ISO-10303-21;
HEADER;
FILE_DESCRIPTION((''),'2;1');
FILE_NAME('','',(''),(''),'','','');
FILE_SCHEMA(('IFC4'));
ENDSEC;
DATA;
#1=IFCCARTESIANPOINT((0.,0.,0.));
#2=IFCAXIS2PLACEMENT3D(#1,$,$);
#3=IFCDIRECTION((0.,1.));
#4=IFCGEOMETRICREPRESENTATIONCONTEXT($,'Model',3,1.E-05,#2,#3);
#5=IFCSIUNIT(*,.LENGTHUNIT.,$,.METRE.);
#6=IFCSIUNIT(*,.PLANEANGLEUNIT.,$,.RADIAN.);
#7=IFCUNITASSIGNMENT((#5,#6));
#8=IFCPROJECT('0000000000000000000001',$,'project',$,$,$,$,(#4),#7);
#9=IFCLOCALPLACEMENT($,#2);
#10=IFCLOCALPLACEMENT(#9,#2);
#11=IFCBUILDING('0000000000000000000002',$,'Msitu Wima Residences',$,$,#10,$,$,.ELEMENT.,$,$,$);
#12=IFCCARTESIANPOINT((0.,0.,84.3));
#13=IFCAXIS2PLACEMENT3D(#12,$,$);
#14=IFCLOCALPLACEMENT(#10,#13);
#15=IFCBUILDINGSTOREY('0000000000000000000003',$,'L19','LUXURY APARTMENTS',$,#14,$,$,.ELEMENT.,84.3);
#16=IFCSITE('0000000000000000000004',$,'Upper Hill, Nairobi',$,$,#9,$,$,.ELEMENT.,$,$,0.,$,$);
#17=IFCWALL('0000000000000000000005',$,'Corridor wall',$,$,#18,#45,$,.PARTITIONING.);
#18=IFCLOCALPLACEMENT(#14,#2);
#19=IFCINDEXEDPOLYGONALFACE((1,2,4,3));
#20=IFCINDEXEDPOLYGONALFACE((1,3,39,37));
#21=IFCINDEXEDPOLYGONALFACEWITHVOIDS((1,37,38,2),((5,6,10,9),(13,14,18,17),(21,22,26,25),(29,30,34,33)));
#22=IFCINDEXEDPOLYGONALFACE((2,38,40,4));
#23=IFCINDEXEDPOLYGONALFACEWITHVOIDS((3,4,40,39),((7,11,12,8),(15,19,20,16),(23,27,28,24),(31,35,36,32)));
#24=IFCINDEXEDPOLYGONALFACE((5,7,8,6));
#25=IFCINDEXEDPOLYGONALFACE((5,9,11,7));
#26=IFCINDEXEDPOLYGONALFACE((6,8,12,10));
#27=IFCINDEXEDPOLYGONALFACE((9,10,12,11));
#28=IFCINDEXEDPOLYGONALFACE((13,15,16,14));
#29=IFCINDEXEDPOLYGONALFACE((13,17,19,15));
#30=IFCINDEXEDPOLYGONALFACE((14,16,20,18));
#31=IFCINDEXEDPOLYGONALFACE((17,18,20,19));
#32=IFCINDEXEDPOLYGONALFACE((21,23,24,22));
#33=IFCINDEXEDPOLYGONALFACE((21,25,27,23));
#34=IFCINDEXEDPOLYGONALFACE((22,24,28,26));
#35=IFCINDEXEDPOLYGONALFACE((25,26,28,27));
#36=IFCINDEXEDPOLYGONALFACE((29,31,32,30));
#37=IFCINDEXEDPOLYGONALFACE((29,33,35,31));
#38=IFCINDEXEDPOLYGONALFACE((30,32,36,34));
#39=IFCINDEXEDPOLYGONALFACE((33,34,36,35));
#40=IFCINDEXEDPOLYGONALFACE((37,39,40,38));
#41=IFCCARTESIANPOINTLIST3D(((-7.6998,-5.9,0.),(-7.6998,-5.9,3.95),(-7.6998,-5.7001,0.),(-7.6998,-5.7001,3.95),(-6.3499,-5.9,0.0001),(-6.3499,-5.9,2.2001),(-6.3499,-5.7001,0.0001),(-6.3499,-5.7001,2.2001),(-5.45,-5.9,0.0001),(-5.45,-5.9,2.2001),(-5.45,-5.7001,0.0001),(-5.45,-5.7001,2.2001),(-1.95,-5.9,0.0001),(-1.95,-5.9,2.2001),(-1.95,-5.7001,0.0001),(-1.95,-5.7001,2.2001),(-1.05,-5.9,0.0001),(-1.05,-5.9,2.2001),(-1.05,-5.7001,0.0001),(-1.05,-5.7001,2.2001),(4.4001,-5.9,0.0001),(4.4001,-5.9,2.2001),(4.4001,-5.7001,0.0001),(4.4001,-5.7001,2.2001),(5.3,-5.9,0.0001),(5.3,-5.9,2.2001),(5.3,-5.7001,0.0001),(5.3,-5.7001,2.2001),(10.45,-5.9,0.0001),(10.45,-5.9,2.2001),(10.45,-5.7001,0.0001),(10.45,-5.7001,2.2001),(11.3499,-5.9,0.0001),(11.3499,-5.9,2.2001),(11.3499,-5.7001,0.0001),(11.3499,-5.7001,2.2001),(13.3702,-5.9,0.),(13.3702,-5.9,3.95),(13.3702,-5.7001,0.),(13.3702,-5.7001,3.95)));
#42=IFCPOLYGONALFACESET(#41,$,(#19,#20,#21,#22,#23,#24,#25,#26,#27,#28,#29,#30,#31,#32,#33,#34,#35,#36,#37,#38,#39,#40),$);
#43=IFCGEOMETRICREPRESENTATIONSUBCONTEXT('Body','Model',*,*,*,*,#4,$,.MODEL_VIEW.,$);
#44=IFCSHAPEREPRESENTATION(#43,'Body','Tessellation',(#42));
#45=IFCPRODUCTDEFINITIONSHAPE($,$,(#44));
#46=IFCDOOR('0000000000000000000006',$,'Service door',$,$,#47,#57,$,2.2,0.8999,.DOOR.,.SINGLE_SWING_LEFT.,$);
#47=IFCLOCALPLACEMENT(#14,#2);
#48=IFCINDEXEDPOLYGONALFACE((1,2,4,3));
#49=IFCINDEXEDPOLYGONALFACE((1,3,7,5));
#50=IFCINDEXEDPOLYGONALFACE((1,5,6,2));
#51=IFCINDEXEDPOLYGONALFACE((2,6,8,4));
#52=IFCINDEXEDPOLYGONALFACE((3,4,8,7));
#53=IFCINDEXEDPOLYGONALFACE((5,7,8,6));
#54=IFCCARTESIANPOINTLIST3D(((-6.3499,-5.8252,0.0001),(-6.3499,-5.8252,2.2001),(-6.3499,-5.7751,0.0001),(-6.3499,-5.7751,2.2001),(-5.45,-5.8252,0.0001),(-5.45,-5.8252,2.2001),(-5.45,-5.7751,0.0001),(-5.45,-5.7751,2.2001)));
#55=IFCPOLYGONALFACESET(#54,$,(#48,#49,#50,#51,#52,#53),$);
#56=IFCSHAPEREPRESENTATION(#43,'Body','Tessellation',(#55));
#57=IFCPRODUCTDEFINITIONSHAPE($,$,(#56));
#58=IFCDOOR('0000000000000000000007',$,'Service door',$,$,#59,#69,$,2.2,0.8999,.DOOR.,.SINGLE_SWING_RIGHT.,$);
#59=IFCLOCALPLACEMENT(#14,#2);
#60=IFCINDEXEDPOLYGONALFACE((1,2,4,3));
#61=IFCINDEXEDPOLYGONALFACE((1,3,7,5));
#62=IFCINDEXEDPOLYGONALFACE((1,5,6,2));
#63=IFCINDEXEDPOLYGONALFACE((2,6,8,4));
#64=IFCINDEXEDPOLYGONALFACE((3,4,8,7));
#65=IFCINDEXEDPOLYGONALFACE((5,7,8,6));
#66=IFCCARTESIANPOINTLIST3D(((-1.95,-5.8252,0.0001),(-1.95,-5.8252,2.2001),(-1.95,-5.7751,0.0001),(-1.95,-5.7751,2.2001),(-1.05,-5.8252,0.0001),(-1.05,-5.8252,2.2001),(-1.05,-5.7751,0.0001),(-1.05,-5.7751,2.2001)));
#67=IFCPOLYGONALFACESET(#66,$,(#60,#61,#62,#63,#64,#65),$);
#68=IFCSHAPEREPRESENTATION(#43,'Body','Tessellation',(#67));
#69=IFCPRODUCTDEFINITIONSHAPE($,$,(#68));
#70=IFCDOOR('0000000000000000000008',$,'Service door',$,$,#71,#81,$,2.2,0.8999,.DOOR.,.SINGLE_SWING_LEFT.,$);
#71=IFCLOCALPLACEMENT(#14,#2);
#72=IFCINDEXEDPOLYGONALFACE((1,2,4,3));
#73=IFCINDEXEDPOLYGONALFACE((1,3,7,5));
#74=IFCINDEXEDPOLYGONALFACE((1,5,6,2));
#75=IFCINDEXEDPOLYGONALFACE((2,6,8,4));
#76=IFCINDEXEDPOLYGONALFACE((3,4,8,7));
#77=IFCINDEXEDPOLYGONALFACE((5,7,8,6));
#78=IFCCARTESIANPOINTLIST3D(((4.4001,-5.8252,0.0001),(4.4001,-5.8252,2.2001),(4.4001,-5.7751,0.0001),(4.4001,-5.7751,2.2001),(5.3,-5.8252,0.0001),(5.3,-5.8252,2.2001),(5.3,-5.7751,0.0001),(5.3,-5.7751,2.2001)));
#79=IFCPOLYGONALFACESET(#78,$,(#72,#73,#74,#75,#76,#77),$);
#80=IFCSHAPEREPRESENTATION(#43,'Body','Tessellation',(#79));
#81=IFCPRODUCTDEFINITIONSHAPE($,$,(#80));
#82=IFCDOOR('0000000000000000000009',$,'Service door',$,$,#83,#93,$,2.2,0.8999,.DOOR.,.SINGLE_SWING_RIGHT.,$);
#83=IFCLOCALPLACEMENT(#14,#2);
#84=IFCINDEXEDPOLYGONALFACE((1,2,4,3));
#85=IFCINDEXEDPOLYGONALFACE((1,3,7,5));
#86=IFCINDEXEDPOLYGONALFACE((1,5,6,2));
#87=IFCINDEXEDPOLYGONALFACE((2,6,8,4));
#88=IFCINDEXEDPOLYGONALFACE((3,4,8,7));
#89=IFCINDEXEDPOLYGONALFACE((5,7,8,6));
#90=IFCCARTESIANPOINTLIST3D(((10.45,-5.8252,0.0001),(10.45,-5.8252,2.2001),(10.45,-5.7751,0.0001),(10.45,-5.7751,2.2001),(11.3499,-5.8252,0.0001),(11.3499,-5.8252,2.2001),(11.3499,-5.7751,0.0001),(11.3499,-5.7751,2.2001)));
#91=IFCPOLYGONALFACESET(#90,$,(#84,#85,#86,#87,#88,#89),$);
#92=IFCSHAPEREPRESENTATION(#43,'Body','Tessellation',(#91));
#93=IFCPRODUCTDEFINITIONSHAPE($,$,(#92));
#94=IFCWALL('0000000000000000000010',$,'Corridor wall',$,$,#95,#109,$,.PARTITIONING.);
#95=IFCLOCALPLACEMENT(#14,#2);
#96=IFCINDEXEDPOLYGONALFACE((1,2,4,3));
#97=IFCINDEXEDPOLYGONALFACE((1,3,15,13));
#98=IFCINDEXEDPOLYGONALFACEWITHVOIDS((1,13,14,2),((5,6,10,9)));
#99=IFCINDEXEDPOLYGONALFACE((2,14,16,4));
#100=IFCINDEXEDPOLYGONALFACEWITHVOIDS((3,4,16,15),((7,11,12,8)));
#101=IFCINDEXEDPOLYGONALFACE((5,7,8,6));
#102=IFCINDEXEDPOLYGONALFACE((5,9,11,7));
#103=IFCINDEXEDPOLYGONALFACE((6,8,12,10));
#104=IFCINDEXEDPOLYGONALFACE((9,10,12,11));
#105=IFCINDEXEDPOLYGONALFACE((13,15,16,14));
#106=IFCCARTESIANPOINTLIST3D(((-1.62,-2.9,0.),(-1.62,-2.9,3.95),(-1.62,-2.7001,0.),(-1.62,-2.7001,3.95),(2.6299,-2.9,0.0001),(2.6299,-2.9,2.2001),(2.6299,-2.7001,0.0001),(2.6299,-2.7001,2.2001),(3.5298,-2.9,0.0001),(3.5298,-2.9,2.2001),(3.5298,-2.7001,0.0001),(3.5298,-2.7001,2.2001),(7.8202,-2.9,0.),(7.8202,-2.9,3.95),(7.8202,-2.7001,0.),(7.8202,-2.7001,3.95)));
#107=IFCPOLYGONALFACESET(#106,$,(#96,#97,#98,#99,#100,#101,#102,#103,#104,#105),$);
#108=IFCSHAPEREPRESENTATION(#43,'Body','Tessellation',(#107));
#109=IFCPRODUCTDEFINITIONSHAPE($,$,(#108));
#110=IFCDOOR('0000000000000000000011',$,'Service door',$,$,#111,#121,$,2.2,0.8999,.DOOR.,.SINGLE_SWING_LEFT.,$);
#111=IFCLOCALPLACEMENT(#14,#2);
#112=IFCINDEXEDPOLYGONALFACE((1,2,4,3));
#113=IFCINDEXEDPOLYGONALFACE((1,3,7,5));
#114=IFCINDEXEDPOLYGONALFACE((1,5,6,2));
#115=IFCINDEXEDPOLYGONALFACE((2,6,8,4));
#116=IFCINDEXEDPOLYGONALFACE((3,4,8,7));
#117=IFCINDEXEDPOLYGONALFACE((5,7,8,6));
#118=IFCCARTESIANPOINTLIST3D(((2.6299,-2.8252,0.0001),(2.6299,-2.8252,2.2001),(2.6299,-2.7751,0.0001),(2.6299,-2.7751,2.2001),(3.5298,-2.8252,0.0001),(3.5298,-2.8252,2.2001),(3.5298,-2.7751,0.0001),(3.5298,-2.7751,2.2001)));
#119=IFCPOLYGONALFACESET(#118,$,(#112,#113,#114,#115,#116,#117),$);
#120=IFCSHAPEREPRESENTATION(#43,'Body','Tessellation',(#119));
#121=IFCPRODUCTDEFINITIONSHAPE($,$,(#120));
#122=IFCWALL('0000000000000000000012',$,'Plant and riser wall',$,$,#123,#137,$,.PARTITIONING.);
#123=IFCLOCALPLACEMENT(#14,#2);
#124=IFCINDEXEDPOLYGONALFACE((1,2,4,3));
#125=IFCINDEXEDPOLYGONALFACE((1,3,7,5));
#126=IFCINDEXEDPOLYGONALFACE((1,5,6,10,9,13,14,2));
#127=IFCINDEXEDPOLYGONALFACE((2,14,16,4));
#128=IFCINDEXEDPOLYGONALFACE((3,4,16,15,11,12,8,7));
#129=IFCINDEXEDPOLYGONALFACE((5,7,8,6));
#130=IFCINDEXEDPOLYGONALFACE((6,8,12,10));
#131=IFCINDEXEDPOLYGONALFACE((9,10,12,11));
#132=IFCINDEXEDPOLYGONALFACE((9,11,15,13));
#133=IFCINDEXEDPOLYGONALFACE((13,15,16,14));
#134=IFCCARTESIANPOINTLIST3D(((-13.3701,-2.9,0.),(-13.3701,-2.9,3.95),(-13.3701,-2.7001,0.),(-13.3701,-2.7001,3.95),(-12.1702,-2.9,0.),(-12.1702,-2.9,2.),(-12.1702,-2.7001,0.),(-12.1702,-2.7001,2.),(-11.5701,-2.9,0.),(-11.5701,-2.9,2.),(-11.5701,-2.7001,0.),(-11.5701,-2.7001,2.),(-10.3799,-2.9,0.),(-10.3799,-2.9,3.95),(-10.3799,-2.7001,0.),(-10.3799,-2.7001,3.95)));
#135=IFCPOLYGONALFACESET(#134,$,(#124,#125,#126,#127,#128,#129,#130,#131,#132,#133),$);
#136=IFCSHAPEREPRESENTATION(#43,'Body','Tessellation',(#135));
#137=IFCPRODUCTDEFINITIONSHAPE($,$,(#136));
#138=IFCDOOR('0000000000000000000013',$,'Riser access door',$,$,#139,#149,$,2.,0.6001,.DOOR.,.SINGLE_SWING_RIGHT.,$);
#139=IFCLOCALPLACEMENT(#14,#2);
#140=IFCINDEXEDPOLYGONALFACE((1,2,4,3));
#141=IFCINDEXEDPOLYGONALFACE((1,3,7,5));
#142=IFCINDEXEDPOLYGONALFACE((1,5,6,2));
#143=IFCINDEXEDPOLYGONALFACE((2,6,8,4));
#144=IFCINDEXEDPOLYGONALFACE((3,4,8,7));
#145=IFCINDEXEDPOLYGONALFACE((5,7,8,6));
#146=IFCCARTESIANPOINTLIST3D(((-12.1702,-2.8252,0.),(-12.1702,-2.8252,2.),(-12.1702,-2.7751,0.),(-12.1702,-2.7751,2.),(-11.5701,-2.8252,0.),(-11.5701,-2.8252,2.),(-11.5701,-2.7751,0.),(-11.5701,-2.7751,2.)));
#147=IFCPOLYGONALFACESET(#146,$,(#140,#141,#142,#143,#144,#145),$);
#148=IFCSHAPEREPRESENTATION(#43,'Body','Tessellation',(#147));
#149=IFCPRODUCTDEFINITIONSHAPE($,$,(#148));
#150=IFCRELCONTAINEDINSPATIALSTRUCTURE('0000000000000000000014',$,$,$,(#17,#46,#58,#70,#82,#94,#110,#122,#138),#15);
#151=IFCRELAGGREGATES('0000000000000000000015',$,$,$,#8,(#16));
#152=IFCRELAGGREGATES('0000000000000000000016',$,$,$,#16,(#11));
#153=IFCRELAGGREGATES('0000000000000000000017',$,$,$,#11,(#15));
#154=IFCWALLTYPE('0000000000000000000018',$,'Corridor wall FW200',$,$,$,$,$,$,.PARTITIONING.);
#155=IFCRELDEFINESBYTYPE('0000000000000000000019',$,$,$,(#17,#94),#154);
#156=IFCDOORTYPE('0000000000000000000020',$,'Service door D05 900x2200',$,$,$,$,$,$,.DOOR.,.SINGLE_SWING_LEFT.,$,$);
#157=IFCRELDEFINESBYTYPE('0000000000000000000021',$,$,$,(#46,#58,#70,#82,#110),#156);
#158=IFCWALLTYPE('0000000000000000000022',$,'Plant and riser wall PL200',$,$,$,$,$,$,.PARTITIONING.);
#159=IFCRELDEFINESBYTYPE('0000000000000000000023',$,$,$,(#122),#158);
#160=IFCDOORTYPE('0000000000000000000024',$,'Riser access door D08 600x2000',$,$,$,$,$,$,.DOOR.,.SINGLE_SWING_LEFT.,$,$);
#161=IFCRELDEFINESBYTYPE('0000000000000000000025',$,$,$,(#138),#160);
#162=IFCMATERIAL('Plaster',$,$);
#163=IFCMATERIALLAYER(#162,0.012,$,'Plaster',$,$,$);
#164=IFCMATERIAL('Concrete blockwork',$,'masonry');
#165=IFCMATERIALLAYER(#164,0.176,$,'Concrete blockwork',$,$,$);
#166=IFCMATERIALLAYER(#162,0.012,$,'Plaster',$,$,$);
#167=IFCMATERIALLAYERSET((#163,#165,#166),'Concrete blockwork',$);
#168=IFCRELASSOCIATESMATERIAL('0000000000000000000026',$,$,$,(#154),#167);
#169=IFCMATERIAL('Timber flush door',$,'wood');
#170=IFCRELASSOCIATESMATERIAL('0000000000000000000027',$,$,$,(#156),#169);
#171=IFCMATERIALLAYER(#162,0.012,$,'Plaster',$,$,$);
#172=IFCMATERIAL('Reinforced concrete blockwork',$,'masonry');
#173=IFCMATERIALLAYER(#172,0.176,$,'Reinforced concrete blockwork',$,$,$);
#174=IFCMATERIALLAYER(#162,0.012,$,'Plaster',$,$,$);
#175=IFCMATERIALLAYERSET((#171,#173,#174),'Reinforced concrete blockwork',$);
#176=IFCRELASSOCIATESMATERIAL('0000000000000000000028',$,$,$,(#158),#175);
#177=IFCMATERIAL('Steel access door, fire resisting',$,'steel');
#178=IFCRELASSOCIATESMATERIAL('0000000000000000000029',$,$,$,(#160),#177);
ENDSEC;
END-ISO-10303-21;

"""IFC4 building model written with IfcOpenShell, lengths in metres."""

from ifc_helpers import new_model, si_unit, direction, frame, frame_2d, origin, place, context, subcontext, project, spatial, rectangle, extrude, material, layer, layer_set, type_object, element, fill, save


model = new_model("IFC4")

# Units and contexts
model_context = context("Model", 3, precision=1e-05, world=origin(), true_north=direction((0.0, 1.0)))
body_context = subcontext(model_context, "Body", "Model", "MODEL_VIEW")
ifc_project = project(units=[si_unit("LENGTHUNIT", "METRE"), si_unit("PLANEANGLEUNIT", "RADIAN")], contexts=[model_context])

# Site, building, storey
site_placement = place(None, origin())
site = spatial("IfcSite", under=ifc_project, at=site_placement, Name="Upper Hill, Nairobi", CompositionType="ELEMENT", RefElevation=0.0)
building_placement = place(site_placement, origin())
building = spatial("IfcBuilding", under=site, at=building_placement, Name="Msitu Wima Residences", CompositionType="ELEMENT")
storey_placement = place(building_placement, frame((0.0, 0.0, 84.3)))
storey = spatial("IfcBuildingStorey", under=building, at=storey_placement, Name="L19", Description="LUXURY APARTMENTS", CompositionType="ELEMENT", Elevation=84.3)

# Shared definitions
ifc_material_1 = material(Name="Plaster")
ifc_layer_1 = layer(ifc_material_1, 0.012, Name="Plaster")
ifc_material_2 = material(Name="Concrete blockwork", Category="masonry")
ifc_layer_2 = layer(ifc_material_2, 0.176, Name="Concrete blockwork")
ifc_layer_3 = layer(ifc_material_1, 0.012, Name="Plaster")
ifc_layer_set_1 = layer_set([ifc_layer_1, ifc_layer_2, ifc_layer_3], Name="Concrete blockwork")
wall_type_1 = type_object("IfcWallType", Name="Corridor wall FW200", PredefinedType="PARTITIONING", material=ifc_layer_set_1)

# Wall, openings, doors
wall_1_placement = place(storey_placement, frame((-7.7, -5.8, 0.0), z_axis=(0.0, 0.0, 1.0), x_axis=(1.0, 0.0, 0.0)))
wall_1 = element("IfcWall", 1, at=wall_1_placement, inside=storey, type_object=wall_type_1, Name="Corridor wall", PredefinedType="PARTITIONING", context=body_context, shape_type="SweptSolid", body=[
    extrude(rectangle(XDim=21.0701, YDim=0.2, at=frame_2d((10.5352, 0.0))), origin(), (0.0, 0.0, 1.0), 3.95),
])
opening_1_placement = place(wall_1_placement, frame((1.3501, 0.0, 0.0)))
opening_1 = element("IfcOpeningElement", 2, at=opening_1_placement, cuts=wall_1, PredefinedType="OPENING", context=body_context, shape_type="SweptSolid", body=[
    extrude(rectangle(XDim=0.8999, YDim=2.2, at=frame_2d((0.45, 1.1001))), frame((0.0, 0.1099, 0.0), z_axis=(0.0, -1.0, 0.0), x_axis=(1.0, 0.0, 0.0)), (0.0, 0.0, 1.0), 0.22),
])
opening_2_placement = place(wall_1_placement, frame((5.75, 0.0, 0.0)))
opening_2 = element("IfcOpeningElement", 3, at=opening_2_placement, cuts=wall_1, PredefinedType="OPENING", context=body_context, shape_type="SweptSolid", body=[
    extrude(rectangle(XDim=0.8999, YDim=2.2, at=frame_2d((0.45, 1.1001))), frame((0.0, 0.1099, 0.0), z_axis=(0.0, -1.0, 0.0), x_axis=(1.0, 0.0, 0.0)), (0.0, 0.0, 1.0), 0.22),
])
opening_3_placement = place(wall_1_placement, frame((12.1001, 0.0, 0.0)))
opening_3 = element("IfcOpeningElement", 4, at=opening_3_placement, cuts=wall_1, PredefinedType="OPENING", context=body_context, shape_type="SweptSolid", body=[
    extrude(rectangle(XDim=0.8999, YDim=2.2, at=frame_2d((0.45, 1.1001))), frame((0.0, 0.1099, 0.0), z_axis=(0.0, -1.0, 0.0), x_axis=(1.0, 0.0, 0.0)), (0.0, 0.0, 1.0), 0.22),
])
opening_4_placement = place(wall_1_placement, frame((18.1499, 0.0, 0.0)))
opening_4 = element("IfcOpeningElement", 5, at=opening_4_placement, cuts=wall_1, PredefinedType="OPENING", context=body_context, shape_type="SweptSolid", body=[
    extrude(rectangle(XDim=0.8999, YDim=2.2, at=frame_2d((0.45, 1.1001))), frame((0.0, 0.1099, 0.0), z_axis=(0.0, -1.0, 0.0), x_axis=(1.0, 0.0, 0.0)), (0.0, 0.0, 1.0), 0.22),
])
ifc_material_3 = material(Name="Timber flush door", Category="wood")
door_type_1 = type_object("IfcDoorType", Name="Service door D05 900x2200", OperationType="SINGLE_SWING_LEFT", PredefinedType="DOOR", material=ifc_material_3)
door_1_placement = place(opening_1_placement, origin())
door_1 = element("IfcDoor", 6, at=door_1_placement, inside=storey, type_object=door_type_1, Name="Service door", OperationType="SINGLE_SWING_LEFT", OverallHeight=2.2, OverallWidth=0.8999, PredefinedType="DOOR", context=body_context, shape_type="SweptSolid", body=[
    extrude(rectangle(XDim=0.8999, YDim=2.2, at=frame_2d((0.45, 1.1001))), frame((0.0, 0.0249, 0.0), z_axis=(0.0, -1.0, 0.0), x_axis=(1.0, 0.0, 0.0)), (0.0, 0.0, 1.0), 0.05),
])
fill(opening_1, door_1)
door_2_placement = place(opening_2_placement, origin())
door_2 = element("IfcDoor", 7, at=door_2_placement, inside=storey, type_object=door_type_1, Name="Service door", OperationType="SINGLE_SWING_RIGHT", OverallHeight=2.2, OverallWidth=0.8999, PredefinedType="DOOR", context=body_context, shape_type="SweptSolid", body=[
    extrude(rectangle(XDim=0.8999, YDim=2.2, at=frame_2d((0.45, 1.1001))), frame((0.0, 0.0249, 0.0), z_axis=(0.0, -1.0, 0.0), x_axis=(1.0, 0.0, 0.0)), (0.0, 0.0, 1.0), 0.05),
])
fill(opening_2, door_2)
door_3_placement = place(opening_3_placement, origin())
door_3 = element("IfcDoor", 8, at=door_3_placement, inside=storey, type_object=door_type_1, Name="Service door", OperationType="SINGLE_SWING_LEFT", OverallHeight=2.2, OverallWidth=0.8999, PredefinedType="DOOR", context=body_context, shape_type="SweptSolid", body=[
    extrude(rectangle(XDim=0.8999, YDim=2.2, at=frame_2d((0.45, 1.1001))), frame((0.0, 0.0249, 0.0), z_axis=(0.0, -1.0, 0.0), x_axis=(1.0, 0.0, 0.0)), (0.0, 0.0, 1.0), 0.05),
])
fill(opening_3, door_3)
door_4_placement = place(opening_4_placement, origin())
door_4 = element("IfcDoor", 9, at=door_4_placement, inside=storey, type_object=door_type_1, Name="Service door", OperationType="SINGLE_SWING_RIGHT", OverallHeight=2.2, OverallWidth=0.8999, PredefinedType="DOOR", context=body_context, shape_type="SweptSolid", body=[
    extrude(rectangle(XDim=0.8999, YDim=2.2, at=frame_2d((0.45, 1.1001))), frame((0.0, 0.0249, 0.0), z_axis=(0.0, -1.0, 0.0), x_axis=(1.0, 0.0, 0.0)), (0.0, 0.0, 1.0), 0.05),
])
fill(opening_4, door_4)

# Walls, openings, doors
wall_2_placement = place(storey_placement, frame((-1.6201, -2.8, 0.0), z_axis=(0.0, 0.0, 1.0), x_axis=(1.0, 0.0, 0.0)))
wall_2 = element("IfcWall", 10, at=wall_2_placement, inside=storey, type_object=wall_type_1, Name="Corridor wall", PredefinedType="PARTITIONING", context=body_context, shape_type="SweptSolid", body=[
    extrude(rectangle(XDim=9.4402, YDim=0.2, at=frame_2d((4.7202, 0.0))), origin(), (0.0, 0.0, 1.0), 3.95),
])
opening_5_placement = place(wall_2_placement, frame((4.25, 0.0, 0.0)))
opening_5 = element("IfcOpeningElement", 11, at=opening_5_placement, cuts=wall_2, PredefinedType="OPENING", context=body_context, shape_type="SweptSolid", body=[
    extrude(rectangle(XDim=0.8999, YDim=2.2, at=frame_2d((0.45, 1.1001))), frame((0.0, 0.1099, 0.0), z_axis=(0.0, -1.0, 0.0), x_axis=(1.0, 0.0, 0.0)), (0.0, 0.0, 1.0), 0.22),
])
door_5_placement = place(opening_5_placement, origin())
door_5 = element("IfcDoor", 12, at=door_5_placement, inside=storey, type_object=door_type_1, Name="Service door", OperationType="SINGLE_SWING_LEFT", OverallHeight=2.2, OverallWidth=0.8999, PredefinedType="DOOR", context=body_context, shape_type="SweptSolid", body=[
    extrude(rectangle(XDim=0.8999, YDim=2.2, at=frame_2d((0.45, 1.1001))), frame((0.0, 0.0249, 0.0), z_axis=(0.0, -1.0, 0.0), x_axis=(1.0, 0.0, 0.0)), (0.0, 0.0, 1.0), 0.05),
])
fill(opening_5, door_5)
ifc_layer_4 = layer(ifc_material_1, 0.012, Name="Plaster")
ifc_material_4 = material(Name="Reinforced concrete blockwork", Category="masonry")
ifc_layer_5 = layer(ifc_material_4, 0.176, Name="Reinforced concrete blockwork")
ifc_layer_6 = layer(ifc_material_1, 0.012, Name="Plaster")
ifc_layer_set_2 = layer_set([ifc_layer_4, ifc_layer_5, ifc_layer_6], Name="Reinforced concrete blockwork")
wall_type_2 = type_object("IfcWallType", Name="Plant and riser wall PL200", PredefinedType="PARTITIONING", material=ifc_layer_set_2)
wall_3_placement = place(storey_placement, frame((-13.3701, -2.8, 0.0), z_axis=(0.0, 0.0, 1.0), x_axis=(1.0, 0.0, 0.0)))
wall_3 = element("IfcWall", 13, at=wall_3_placement, inside=storey, type_object=wall_type_2, Name="Plant and riser wall", PredefinedType="PARTITIONING", context=body_context, shape_type="SweptSolid", body=[
    extrude(rectangle(XDim=2.9902, YDim=0.2, at=frame_2d((1.4951, 0.0))), origin(), (0.0, 0.0, 1.0), 3.95),
])
opening_6_placement = place(wall_3_placement, frame((1.2, 0.0, 0.0)))
opening_6 = element("IfcOpeningElement", 14, at=opening_6_placement, cuts=wall_3, PredefinedType="OPENING", context=body_context, shape_type="SweptSolid", body=[
    extrude(rectangle(XDim=0.6001, YDim=2.0, at=frame_2d((0.3, 1.0))), frame((0.0, 0.1099, 0.0), z_axis=(0.0, -1.0, 0.0), x_axis=(1.0, 0.0, 0.0)), (0.0, 0.0, 1.0), 0.22),
])
ifc_material_5 = material(Name="Steel access door, fire resisting", Category="steel")
door_type_2 = type_object("IfcDoorType", Name="Riser access door D08 600x2000", OperationType="SINGLE_SWING_LEFT", PredefinedType="DOOR", material=ifc_material_5)
door_6_placement = place(opening_6_placement, origin())
door_6 = element("IfcDoor", 15, at=door_6_placement, inside=storey, type_object=door_type_2, Name="Riser access door", OperationType="SINGLE_SWING_RIGHT", OverallHeight=2.0, OverallWidth=0.6001, PredefinedType="DOOR", context=body_context, shape_type="SweptSolid", body=[
    extrude(rectangle(XDim=0.6001, YDim=2.0, at=frame_2d((0.3, 1.0))), frame((0.0, 0.0249, 0.0), z_axis=(0.0, -1.0, 0.0), x_axis=(1.0, 0.0, 0.0)), (0.0, 0.0, 1.0), 0.05),
])
fill(opening_6, door_6)

save(model, "model.ifc")
